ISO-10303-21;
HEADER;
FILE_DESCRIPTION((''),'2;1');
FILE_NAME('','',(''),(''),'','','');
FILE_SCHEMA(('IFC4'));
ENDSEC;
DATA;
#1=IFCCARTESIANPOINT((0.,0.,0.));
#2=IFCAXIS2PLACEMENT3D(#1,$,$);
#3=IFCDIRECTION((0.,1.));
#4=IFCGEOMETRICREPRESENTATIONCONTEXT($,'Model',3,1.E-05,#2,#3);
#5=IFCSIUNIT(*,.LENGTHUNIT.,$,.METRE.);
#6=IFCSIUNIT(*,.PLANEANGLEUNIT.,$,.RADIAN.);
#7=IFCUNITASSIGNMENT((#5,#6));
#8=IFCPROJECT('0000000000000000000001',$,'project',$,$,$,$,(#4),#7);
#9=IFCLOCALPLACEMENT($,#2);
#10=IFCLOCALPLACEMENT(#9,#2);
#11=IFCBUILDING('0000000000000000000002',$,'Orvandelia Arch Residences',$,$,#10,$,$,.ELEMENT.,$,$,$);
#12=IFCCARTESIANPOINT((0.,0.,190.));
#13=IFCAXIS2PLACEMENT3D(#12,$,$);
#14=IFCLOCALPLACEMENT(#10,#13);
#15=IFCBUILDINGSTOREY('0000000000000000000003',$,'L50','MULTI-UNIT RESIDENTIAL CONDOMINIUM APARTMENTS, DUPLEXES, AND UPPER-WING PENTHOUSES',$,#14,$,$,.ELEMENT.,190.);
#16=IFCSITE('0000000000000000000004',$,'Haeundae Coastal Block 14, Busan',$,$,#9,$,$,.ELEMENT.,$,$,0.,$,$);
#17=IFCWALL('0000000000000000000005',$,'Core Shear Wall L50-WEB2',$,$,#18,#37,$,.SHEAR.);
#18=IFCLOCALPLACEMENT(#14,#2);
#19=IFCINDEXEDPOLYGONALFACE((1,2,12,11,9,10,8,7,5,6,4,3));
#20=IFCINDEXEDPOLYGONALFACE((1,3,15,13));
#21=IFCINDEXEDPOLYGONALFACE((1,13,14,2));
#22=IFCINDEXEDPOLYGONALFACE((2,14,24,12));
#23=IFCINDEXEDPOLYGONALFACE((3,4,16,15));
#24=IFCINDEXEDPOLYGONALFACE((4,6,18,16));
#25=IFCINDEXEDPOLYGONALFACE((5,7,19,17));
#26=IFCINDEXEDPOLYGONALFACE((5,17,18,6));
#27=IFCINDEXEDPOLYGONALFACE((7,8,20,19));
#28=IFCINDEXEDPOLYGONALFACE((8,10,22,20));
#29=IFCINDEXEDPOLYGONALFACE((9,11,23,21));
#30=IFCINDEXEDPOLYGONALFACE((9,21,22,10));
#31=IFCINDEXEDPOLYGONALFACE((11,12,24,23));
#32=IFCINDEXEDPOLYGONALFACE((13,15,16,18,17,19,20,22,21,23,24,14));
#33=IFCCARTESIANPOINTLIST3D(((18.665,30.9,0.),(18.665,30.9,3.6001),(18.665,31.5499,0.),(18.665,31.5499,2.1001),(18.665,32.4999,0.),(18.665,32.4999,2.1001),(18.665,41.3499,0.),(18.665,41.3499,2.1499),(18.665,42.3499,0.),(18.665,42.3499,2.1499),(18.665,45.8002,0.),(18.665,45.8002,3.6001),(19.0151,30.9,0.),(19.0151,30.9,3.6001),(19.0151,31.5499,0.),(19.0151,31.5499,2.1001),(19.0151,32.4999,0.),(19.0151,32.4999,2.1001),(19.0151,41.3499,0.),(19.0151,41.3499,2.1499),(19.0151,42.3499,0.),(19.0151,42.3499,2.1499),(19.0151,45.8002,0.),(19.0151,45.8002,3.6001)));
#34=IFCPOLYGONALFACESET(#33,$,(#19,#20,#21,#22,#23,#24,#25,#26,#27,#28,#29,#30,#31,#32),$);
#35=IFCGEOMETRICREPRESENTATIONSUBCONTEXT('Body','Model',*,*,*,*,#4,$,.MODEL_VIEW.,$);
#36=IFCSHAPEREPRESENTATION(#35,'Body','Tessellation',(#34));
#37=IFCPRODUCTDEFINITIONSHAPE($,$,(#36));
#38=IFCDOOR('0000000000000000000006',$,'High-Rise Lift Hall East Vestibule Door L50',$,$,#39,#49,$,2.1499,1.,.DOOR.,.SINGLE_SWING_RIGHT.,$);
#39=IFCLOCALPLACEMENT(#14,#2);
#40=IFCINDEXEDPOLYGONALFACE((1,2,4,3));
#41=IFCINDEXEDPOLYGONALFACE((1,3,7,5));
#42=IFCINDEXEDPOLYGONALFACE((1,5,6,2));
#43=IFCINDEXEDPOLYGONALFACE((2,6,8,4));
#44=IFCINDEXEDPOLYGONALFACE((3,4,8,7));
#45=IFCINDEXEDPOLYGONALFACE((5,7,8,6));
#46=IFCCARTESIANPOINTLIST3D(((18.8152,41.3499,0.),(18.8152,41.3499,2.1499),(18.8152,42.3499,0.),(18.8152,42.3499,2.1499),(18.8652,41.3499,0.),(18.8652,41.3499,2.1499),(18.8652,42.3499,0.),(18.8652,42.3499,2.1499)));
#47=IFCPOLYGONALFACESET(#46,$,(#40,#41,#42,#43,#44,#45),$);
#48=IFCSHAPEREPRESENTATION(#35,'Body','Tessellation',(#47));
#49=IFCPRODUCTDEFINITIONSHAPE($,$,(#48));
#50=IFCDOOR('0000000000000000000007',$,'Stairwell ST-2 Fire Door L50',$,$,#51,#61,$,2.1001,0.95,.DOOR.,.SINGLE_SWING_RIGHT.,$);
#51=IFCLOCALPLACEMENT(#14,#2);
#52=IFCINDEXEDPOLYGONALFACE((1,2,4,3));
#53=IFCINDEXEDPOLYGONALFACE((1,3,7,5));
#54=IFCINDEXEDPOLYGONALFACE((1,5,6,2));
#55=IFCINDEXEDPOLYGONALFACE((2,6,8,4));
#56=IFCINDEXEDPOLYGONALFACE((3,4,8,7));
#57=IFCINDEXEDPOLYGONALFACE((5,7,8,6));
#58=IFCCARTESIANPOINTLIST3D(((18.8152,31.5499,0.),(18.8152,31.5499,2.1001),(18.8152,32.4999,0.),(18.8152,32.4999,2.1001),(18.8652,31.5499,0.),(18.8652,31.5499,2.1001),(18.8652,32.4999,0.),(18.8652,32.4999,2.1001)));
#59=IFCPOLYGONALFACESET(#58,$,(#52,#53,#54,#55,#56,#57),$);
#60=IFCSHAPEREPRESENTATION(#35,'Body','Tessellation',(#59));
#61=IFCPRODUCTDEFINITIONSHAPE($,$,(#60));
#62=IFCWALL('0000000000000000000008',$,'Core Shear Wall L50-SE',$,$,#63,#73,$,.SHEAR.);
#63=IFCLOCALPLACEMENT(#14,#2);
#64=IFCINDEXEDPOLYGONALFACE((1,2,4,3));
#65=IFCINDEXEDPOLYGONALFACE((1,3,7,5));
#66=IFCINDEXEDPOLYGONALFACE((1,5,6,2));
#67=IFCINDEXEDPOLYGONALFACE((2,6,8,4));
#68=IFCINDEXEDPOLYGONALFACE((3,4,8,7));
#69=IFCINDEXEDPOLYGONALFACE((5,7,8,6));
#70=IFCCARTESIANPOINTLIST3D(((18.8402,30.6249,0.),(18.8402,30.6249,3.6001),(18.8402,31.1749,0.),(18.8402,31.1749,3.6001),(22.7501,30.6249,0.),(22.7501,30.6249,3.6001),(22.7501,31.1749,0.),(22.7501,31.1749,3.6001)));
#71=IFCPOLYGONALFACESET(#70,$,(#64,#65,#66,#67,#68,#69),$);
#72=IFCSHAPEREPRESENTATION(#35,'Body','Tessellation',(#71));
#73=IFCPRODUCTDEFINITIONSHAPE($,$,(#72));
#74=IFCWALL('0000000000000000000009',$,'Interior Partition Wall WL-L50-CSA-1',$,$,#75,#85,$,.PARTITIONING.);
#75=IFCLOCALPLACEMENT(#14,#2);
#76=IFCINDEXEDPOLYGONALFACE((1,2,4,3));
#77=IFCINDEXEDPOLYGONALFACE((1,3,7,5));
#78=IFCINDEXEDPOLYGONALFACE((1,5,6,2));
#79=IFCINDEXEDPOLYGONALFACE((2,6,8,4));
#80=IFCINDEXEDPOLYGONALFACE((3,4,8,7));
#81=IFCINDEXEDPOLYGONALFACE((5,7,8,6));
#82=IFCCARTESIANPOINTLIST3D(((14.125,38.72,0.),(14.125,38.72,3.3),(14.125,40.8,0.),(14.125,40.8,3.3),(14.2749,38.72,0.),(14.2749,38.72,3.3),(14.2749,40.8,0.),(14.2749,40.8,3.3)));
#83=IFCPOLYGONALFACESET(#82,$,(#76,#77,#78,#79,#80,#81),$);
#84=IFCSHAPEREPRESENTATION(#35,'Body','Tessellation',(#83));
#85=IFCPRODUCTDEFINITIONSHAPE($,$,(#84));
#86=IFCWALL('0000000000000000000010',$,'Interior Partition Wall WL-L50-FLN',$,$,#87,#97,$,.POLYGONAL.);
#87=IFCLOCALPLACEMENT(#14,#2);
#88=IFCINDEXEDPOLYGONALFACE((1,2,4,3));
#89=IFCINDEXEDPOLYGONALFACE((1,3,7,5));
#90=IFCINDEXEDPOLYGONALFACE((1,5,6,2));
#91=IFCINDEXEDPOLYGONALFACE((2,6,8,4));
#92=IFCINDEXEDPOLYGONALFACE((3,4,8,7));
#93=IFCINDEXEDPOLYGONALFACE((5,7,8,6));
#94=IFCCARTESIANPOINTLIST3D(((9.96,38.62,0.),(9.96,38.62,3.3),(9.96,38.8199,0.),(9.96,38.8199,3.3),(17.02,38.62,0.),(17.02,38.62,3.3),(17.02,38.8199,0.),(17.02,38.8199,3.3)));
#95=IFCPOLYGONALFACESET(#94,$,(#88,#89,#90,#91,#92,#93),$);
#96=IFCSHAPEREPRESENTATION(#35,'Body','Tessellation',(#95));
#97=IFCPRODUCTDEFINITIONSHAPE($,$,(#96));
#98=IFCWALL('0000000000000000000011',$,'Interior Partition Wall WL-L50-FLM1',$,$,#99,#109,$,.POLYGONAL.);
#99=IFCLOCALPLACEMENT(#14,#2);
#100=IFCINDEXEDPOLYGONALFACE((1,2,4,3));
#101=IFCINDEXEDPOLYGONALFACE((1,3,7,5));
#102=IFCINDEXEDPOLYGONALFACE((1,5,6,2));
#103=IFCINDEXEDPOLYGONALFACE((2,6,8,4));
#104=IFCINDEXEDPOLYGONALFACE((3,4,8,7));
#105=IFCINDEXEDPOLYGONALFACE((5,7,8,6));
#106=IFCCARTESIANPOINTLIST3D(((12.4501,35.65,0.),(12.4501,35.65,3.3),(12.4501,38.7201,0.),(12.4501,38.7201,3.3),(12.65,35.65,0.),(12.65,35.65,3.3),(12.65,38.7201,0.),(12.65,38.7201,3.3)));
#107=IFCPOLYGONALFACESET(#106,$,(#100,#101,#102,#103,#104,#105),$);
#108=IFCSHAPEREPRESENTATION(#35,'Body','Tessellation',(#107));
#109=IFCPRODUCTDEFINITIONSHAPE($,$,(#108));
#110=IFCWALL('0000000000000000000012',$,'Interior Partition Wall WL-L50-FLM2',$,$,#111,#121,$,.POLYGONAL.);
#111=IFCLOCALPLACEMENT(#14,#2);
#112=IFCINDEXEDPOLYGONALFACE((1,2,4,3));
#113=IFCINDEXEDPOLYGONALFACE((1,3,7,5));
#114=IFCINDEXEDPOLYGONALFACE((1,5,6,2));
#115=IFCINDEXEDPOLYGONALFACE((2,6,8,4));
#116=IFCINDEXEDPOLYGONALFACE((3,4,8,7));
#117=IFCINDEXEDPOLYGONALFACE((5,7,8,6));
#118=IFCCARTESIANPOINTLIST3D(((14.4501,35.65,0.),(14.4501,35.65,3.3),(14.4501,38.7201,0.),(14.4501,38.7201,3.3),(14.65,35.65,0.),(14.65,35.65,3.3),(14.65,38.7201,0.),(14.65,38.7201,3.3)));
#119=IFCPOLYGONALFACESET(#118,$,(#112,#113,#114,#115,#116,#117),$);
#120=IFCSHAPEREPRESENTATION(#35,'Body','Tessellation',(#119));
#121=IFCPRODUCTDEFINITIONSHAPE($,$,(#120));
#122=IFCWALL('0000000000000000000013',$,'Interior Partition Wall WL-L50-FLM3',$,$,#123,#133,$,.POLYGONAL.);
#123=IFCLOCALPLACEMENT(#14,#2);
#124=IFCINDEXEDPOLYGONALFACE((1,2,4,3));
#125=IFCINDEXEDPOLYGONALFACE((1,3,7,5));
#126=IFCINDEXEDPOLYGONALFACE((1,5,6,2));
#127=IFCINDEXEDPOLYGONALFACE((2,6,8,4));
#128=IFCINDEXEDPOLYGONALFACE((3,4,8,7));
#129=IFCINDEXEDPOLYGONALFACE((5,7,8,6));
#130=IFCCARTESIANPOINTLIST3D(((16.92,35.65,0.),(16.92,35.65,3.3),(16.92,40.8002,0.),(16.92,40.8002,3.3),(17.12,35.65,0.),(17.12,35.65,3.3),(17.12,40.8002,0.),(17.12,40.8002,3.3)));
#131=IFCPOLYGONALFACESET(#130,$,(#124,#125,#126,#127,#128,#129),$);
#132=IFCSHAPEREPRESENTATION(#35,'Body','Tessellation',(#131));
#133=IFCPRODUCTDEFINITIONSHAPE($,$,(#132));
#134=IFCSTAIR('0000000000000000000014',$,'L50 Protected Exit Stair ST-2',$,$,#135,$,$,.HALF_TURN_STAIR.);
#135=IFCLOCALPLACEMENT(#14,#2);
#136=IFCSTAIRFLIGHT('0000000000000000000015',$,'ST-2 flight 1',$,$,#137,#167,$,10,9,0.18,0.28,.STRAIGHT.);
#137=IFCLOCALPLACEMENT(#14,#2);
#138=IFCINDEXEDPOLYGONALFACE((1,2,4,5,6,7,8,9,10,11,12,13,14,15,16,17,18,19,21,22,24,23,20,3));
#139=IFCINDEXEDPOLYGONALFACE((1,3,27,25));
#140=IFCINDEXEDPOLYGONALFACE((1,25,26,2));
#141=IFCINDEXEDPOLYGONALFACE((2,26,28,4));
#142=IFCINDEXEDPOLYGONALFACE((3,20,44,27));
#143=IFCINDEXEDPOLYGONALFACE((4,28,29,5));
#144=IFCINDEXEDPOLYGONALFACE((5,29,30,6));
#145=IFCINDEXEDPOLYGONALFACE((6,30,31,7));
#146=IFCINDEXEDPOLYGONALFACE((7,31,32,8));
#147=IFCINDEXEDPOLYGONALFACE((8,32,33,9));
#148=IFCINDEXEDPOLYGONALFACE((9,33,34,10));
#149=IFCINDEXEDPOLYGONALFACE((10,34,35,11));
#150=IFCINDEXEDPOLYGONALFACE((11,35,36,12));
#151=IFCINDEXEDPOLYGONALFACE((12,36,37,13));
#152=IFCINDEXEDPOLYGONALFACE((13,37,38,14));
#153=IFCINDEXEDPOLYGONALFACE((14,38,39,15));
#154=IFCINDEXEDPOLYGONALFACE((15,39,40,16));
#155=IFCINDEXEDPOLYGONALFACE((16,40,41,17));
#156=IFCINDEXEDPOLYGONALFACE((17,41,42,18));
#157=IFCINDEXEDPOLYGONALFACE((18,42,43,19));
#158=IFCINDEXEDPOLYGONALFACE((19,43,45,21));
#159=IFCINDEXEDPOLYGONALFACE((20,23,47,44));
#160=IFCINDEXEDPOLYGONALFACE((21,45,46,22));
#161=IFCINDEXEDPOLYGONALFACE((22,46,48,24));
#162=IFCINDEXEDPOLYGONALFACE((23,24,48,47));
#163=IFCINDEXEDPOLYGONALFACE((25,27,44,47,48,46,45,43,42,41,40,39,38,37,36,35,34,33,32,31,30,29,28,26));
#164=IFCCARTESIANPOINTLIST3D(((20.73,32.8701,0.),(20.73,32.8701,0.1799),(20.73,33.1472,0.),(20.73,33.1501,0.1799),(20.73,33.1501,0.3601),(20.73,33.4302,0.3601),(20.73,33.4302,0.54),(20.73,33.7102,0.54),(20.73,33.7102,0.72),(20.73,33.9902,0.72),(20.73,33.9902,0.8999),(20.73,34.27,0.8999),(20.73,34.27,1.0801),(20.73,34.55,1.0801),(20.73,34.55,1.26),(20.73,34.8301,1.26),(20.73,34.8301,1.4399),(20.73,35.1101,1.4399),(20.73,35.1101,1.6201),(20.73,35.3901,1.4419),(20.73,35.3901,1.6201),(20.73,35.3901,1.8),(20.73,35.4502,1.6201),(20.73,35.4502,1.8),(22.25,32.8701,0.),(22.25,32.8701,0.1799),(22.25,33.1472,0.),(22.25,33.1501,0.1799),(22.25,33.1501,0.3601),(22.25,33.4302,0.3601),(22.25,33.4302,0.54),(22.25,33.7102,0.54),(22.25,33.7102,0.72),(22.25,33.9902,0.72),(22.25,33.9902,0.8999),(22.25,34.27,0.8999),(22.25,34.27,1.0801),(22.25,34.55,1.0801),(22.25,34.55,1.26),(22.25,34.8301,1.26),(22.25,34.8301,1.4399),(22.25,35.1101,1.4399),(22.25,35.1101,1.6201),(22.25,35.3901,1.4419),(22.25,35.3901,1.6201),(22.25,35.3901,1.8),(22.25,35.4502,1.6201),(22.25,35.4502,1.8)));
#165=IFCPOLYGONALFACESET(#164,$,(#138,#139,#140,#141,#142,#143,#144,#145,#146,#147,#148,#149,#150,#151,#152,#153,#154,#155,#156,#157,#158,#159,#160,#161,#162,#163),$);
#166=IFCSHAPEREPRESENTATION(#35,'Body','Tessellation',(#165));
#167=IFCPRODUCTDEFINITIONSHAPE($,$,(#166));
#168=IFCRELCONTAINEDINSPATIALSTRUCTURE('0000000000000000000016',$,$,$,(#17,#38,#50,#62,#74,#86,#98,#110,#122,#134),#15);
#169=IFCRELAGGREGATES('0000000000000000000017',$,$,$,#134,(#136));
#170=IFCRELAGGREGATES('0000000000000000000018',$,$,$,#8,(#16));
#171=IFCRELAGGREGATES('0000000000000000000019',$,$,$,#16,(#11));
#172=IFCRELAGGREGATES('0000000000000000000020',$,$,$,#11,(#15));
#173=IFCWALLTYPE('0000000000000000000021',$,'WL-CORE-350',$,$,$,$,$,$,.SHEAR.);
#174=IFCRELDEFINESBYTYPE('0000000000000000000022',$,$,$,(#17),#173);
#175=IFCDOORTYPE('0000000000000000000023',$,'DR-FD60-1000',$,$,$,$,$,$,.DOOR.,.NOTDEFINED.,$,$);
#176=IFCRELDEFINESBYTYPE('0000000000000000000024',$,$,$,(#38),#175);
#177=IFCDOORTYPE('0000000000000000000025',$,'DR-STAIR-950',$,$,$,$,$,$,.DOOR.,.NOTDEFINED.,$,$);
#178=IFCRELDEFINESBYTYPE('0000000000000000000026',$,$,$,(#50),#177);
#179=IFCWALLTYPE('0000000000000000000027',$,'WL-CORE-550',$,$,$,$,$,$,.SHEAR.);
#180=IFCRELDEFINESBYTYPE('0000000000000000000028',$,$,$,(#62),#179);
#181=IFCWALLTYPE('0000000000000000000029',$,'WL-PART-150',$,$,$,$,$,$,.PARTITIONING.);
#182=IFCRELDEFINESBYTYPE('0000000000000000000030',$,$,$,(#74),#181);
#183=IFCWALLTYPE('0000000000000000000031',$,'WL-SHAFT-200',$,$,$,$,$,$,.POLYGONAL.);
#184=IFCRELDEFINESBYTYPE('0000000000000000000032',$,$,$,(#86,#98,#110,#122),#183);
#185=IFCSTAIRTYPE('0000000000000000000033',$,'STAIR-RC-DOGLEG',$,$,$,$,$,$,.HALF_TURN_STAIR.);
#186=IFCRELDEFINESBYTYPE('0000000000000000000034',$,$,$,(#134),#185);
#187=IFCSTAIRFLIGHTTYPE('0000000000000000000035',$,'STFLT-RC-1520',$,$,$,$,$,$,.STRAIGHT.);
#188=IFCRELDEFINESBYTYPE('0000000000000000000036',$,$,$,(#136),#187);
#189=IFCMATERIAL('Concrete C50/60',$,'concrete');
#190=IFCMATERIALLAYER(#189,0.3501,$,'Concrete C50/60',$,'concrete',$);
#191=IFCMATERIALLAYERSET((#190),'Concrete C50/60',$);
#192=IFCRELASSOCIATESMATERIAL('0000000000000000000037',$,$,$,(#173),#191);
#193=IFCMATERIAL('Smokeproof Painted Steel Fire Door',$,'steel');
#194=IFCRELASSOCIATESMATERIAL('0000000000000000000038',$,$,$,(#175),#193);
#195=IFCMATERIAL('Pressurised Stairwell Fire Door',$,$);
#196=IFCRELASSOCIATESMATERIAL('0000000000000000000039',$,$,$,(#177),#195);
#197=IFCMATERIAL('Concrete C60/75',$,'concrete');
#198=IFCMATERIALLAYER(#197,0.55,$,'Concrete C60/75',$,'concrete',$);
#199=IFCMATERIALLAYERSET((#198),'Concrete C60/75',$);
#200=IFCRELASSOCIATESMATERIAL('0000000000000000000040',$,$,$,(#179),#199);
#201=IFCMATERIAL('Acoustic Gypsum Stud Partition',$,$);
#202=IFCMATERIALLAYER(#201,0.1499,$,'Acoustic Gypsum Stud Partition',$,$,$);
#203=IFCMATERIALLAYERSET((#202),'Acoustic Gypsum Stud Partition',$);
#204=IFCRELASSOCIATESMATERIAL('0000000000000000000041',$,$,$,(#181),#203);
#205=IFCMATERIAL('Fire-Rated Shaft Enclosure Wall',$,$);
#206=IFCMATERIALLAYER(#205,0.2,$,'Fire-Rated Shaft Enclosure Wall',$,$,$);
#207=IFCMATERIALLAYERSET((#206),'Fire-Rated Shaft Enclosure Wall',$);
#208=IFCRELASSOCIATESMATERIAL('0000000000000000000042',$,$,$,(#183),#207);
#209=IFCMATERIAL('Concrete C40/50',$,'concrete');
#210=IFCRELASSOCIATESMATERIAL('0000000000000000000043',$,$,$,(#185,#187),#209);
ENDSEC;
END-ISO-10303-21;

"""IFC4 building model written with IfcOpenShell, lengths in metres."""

from ifc_helpers import new_model, si_unit, direction, frame, frame_2d, origin, place, context, subcontext, project, spatial, polyline, rectangle, outline, extrude, material, layer, layer_set, type_object, element, fill, aggregate, save


model = new_model("IFC4")

# Units and contexts
model_context = context("Model", 3, precision=1e-05, world=origin(), true_north=direction((0.0, 1.0)))
body_context = subcontext(model_context, "Body", "Model", "MODEL_VIEW")
ifc_project = project(units=[si_unit("LENGTHUNIT", "METRE"), si_unit("PLANEANGLEUNIT", "RADIAN")], contexts=[model_context])

# Site, building, storey
site_placement = place(None, origin())
site = spatial("IfcSite", under=ifc_project, at=site_placement, Name="Haeundae Coastal Block 14, Busan", CompositionType="ELEMENT", RefElevation=0.0)
building_placement = place(site_placement, origin())
building = spatial("IfcBuilding", under=site, at=building_placement, Name="Orvandelia Arch Residences", CompositionType="ELEMENT")
storey_placement = place(building_placement, frame((0.0, 0.0, 190.0)))
storey = spatial("IfcBuildingStorey", under=building, at=storey_placement, Name="L50", Description="MULTI-UNIT RESIDENTIAL CONDOMINIUM APARTMENTS, DUPLEXES, AND UPPER-WING PENTHOUSES", CompositionType="ELEMENT", Elevation=190.0)

# Wall, openings, doors
ifc_material_1 = material(Name="Concrete C50/60", Category="concrete")
ifc_layer_1 = layer(ifc_material_1, 0.3501, Name="Concrete C50/60", Category="concrete")
ifc_layer_set_1 = layer_set([ifc_layer_1], Name="Concrete C50/60")
wall_type_1 = type_object("IfcWallType", Name="WL-CORE-350", PredefinedType="SHEAR", material=ifc_layer_set_1)
wall_1_placement = place(storey_placement, frame((18.8401, 30.8999, 0.0), z_axis=(0.0, 0.0, 1.0), x_axis=(0.0, 1.0, 0.0)))
wall_1 = element("IfcWall", 1, at=wall_1_placement, inside=storey, type_object=wall_type_1, Name="Core Shear Wall L50-WEB2", PredefinedType="SHEAR", context=body_context, shape_type="SweptSolid", body=[
    extrude(rectangle(XDim=14.9001, YDim=0.3501, at=frame_2d((7.4502, 0.0))), origin(), (0.0, 0.0, 1.0), 3.6001),
])
opening_1_placement = place(wall_1_placement, frame((0.6499, 0.0, 0.0)))
opening_1 = element("IfcOpeningElement", 2, at=opening_1_placement, cuts=wall_1, PredefinedType="OPENING", context=body_context, shape_type="SweptSolid", body=[
    extrude(rectangle(XDim=0.95, YDim=2.1001, at=frame_2d((0.4751, 1.05))), frame((0.0, 0.1851, 0.0), z_axis=(0.0, -1.0, 0.0), x_axis=(1.0, 0.0, 0.0)), (0.0, 0.0, 1.0), 0.3701),
])
opening_2_placement = place(wall_1_placement, frame((10.45, 0.0, 0.0)))
opening_2 = element("IfcOpeningElement", 3, at=opening_2_placement, cuts=wall_1, PredefinedType="OPENING", context=body_context, shape_type="SweptSolid", body=[
    extrude(rectangle(XDim=1.0, YDim=2.1499, at=frame_2d((0.5, 1.075))), frame((0.0, 0.1851, 0.0), z_axis=(0.0, -1.0, 0.0), x_axis=(1.0, 0.0, 0.0)), (0.0, 0.0, 1.0), 0.3701),
])
ifc_material_2 = material(Name="Smokeproof Painted Steel Fire Door", Category="steel")
door_type_1 = type_object("IfcDoorType", Name="DR-FD60-1000", OperationType="NOTDEFINED", PredefinedType="DOOR", material=ifc_material_2)
door_1_placement = place(opening_2_placement, origin())
door_1 = element("IfcDoor", 4, at=door_1_placement, inside=storey, type_object=door_type_1, Name="High-Rise Lift Hall East Vestibule Door L50", OperationType="SINGLE_SWING_RIGHT", OverallHeight=2.1499, OverallWidth=1.0, PredefinedType="DOOR", context=body_context, shape_type="SweptSolid", body=[
    extrude(rectangle(XDim=1.0, YDim=2.1499, at=frame_2d((0.5, 1.075))), frame((0.0, 0.0249, 0.0), z_axis=(0.0, -1.0, 0.0), x_axis=(1.0, 0.0, 0.0)), (0.0, 0.0, 1.0), 0.05),
])
fill(opening_2, door_1)
ifc_material_3 = material(Name="Pressurised Stairwell Fire Door")
door_type_2 = type_object("IfcDoorType", Name="DR-STAIR-950", OperationType="NOTDEFINED", PredefinedType="DOOR", material=ifc_material_3)
door_2_placement = place(opening_1_placement, origin())
door_2 = element("IfcDoor", 5, at=door_2_placement, inside=storey, type_object=door_type_2, Name="Stairwell ST-2 Fire Door L50", OperationType="SINGLE_SWING_RIGHT", OverallHeight=2.1001, OverallWidth=0.95, PredefinedType="DOOR", context=body_context, shape_type="SweptSolid", body=[
    extrude(rectangle(XDim=0.95, YDim=2.1001, at=frame_2d((0.4751, 1.05))), frame((0.0, 0.0249, 0.0), z_axis=(0.0, -1.0, 0.0), x_axis=(1.0, 0.0, 0.0)), (0.0, 0.0, 1.0), 0.05),
])
fill(opening_1, door_2)

# Walls
ifc_material_4 = material(Name="Concrete C60/75", Category="concrete")
ifc_layer_2 = layer(ifc_material_4, 0.55, Name="Concrete C60/75", Category="concrete")
ifc_layer_set_2 = layer_set([ifc_layer_2], Name="Concrete C60/75")
wall_type_2 = type_object("IfcWallType", Name="WL-CORE-550", PredefinedType="SHEAR", material=ifc_layer_set_2)
wall_2_placement = place(storey_placement, frame((18.8401, 30.8999, 0.0), z_axis=(0.0, 0.0, 1.0), x_axis=(1.0, 0.0, 0.0)))
element("IfcWall", 6, at=wall_2_placement, inside=storey, type_object=wall_type_2, Name="Core Shear Wall L50-SE", PredefinedType="SHEAR", context=body_context, shape_type="SweptSolid", body=[
    extrude(rectangle(XDim=3.9099, YDim=0.55, at=frame_2d((1.9551, 0.0))), origin(), (0.0, 0.0, 1.0), 3.6001),
])
ifc_material_5 = material(Name="Acoustic Gypsum Stud Partition")
ifc_layer_3 = layer(ifc_material_5, 0.1499, Name="Acoustic Gypsum Stud Partition")
ifc_layer_set_3 = layer_set([ifc_layer_3], Name="Acoustic Gypsum Stud Partition")
wall_type_3 = type_object("IfcWallType", Name="WL-PART-150", PredefinedType="PARTITIONING", material=ifc_layer_set_3)
wall_3_placement = place(storey_placement, frame((14.2, 38.72, 0.0), z_axis=(0.0, 0.0, 1.0), x_axis=(0.0, 1.0, 0.0)))
element("IfcWall", 7, at=wall_3_placement, inside=storey, type_object=wall_type_3, Name="Interior Partition Wall WL-L50-CSA-1", PredefinedType="PARTITIONING", context=body_context, shape_type="SweptSolid", body=[
    extrude(rectangle(XDim=2.0801, YDim=0.1499, at=frame_2d((1.04, 0.0))), origin(), (0.0, 0.0, 1.0), 3.3),
])
ifc_material_6 = material(Name="Fire-Rated Shaft Enclosure Wall")
ifc_layer_4 = layer(ifc_material_6, 0.2, Name="Fire-Rated Shaft Enclosure Wall")
ifc_layer_set_4 = layer_set([ifc_layer_4], Name="Fire-Rated Shaft Enclosure Wall")
wall_type_4 = type_object("IfcWallType", Name="WL-SHAFT-200", PredefinedType="POLYGONAL", material=ifc_layer_set_4)
wall_4_placement = place(storey_placement, frame((9.96, 38.72, 0.0), z_axis=(0.0, 0.0, 1.0), x_axis=(1.0, 0.0, 0.0)))
element("IfcWall", 8, at=wall_4_placement, inside=storey, type_object=wall_type_4, Name="Interior Partition Wall WL-L50-FLN", PredefinedType="POLYGONAL", context=body_context, shape_type="SweptSolid", body=[
    extrude(rectangle(XDim=7.0601, YDim=0.2, at=frame_2d((3.53, 0.0))), origin(), (0.0, 0.0, 1.0), 3.3),
])
for number, where, z_axis, x_axis, name in (
    (9, (12.55, 35.6499, 0.0), (0.0, 0.0, 1.0), (0.0, 1.0, 0.0), "Interior Partition Wall WL-L50-FLM1"),
    (10, (14.55, 35.6499, 0.0), (0.0, 0.0, 1.0), (0.0, 1.0, 0.0), "Interior Partition Wall WL-L50-FLM2"),
):
    element("IfcWall", number, at=place(storey_placement, frame(where, z_axis=z_axis, x_axis=x_axis)), inside=storey, type_object=wall_type_4, Name=name, PredefinedType="POLYGONAL", context=body_context, shape_type="SweptSolid", body=[
        extrude(rectangle(XDim=3.0701, YDim=0.2, at=frame_2d((1.5352, 0.0))), origin(), (0.0, 0.0, 1.0), 3.3),
    ])
wall_5_placement = place(storey_placement, frame((17.02, 35.6499, 0.0), z_axis=(0.0, 0.0, 1.0), x_axis=(0.0, 1.0, 0.0)))
element("IfcWall", 11, at=wall_5_placement, inside=storey, type_object=wall_type_4, Name="Interior Partition Wall WL-L50-FLM3", PredefinedType="POLYGONAL", context=body_context, shape_type="SweptSolid", body=[
    extrude(rectangle(XDim=5.1501, YDim=0.2, at=frame_2d((2.5752, 0.0))), origin(), (0.0, 0.0, 1.0), 3.3),
])

# Stair, stair flight
ifc_material_7 = material(Name="Concrete C40/50", Category="concrete")
stair_type = type_object("IfcStairType", Name="STAIR-RC-DOGLEG", PredefinedType="HALF_TURN_STAIR", material=ifc_material_7)
stair_placement = place(storey_placement, origin())
stair = element("IfcStair", 12, at=stair_placement, inside=storey, type_object=stair_type, Name="L50 Protected Exit Stair ST-2", PredefinedType="HALF_TURN_STAIR")
stair_flight_type = type_object("IfcStairFlightType", Name="STFLT-RC-1520", PredefinedType="STRAIGHT", material=ifc_material_7)
stair_flight_1_placement = place(storey_placement, frame((21.49, 32.8701, 0.0), z_axis=(0.0, 0.0, 1.0), x_axis=(0.0, 1.0, 0.0)))
stair_flight_1 = element("IfcStairFlight", 13, at=stair_flight_1_placement, type_object=stair_flight_type, Name="ST-2 flight 1", NumberOfRisers=10, NumberOfTreads=9, PredefinedType="STRAIGHT", RiserHeight=0.18, TreadLength=0.28, context=body_context, shape_type="SweptSolid", body=[
    extrude(outline(polyline([(0.0, 0.0), (0.0, 0.1799), (0.28, 0.1799), (0.28, 0.3601), (0.5601, 0.3601), (0.5601, 0.54), (0.8401, 0.54), (0.8401, 0.72), (1.1201, 0.72), (1.1201, 0.8999), (1.3999, 0.8999), (1.3999, 1.0801), (1.6799, 1.0801), (1.6799, 1.26), (1.96, 1.26), (1.96, 1.4399), (2.24, 1.4399), (2.24, 1.6201), (2.52, 1.6201), (2.52, 1.8), (2.5801, 1.8), (2.5801, 1.6201), (2.52, 1.4419), (0.2771, 0.0), (0.0, 0.0)])), frame((0.0, 0.76, 0.0), z_axis=(0.0, -1.0, 0.0), x_axis=(1.0, 0.0, 0.0)), (0.0, 0.0, 1.0), 1.52),
])
aggregate(stair, [stair_flight_1])

save(model, "model.ifc")
